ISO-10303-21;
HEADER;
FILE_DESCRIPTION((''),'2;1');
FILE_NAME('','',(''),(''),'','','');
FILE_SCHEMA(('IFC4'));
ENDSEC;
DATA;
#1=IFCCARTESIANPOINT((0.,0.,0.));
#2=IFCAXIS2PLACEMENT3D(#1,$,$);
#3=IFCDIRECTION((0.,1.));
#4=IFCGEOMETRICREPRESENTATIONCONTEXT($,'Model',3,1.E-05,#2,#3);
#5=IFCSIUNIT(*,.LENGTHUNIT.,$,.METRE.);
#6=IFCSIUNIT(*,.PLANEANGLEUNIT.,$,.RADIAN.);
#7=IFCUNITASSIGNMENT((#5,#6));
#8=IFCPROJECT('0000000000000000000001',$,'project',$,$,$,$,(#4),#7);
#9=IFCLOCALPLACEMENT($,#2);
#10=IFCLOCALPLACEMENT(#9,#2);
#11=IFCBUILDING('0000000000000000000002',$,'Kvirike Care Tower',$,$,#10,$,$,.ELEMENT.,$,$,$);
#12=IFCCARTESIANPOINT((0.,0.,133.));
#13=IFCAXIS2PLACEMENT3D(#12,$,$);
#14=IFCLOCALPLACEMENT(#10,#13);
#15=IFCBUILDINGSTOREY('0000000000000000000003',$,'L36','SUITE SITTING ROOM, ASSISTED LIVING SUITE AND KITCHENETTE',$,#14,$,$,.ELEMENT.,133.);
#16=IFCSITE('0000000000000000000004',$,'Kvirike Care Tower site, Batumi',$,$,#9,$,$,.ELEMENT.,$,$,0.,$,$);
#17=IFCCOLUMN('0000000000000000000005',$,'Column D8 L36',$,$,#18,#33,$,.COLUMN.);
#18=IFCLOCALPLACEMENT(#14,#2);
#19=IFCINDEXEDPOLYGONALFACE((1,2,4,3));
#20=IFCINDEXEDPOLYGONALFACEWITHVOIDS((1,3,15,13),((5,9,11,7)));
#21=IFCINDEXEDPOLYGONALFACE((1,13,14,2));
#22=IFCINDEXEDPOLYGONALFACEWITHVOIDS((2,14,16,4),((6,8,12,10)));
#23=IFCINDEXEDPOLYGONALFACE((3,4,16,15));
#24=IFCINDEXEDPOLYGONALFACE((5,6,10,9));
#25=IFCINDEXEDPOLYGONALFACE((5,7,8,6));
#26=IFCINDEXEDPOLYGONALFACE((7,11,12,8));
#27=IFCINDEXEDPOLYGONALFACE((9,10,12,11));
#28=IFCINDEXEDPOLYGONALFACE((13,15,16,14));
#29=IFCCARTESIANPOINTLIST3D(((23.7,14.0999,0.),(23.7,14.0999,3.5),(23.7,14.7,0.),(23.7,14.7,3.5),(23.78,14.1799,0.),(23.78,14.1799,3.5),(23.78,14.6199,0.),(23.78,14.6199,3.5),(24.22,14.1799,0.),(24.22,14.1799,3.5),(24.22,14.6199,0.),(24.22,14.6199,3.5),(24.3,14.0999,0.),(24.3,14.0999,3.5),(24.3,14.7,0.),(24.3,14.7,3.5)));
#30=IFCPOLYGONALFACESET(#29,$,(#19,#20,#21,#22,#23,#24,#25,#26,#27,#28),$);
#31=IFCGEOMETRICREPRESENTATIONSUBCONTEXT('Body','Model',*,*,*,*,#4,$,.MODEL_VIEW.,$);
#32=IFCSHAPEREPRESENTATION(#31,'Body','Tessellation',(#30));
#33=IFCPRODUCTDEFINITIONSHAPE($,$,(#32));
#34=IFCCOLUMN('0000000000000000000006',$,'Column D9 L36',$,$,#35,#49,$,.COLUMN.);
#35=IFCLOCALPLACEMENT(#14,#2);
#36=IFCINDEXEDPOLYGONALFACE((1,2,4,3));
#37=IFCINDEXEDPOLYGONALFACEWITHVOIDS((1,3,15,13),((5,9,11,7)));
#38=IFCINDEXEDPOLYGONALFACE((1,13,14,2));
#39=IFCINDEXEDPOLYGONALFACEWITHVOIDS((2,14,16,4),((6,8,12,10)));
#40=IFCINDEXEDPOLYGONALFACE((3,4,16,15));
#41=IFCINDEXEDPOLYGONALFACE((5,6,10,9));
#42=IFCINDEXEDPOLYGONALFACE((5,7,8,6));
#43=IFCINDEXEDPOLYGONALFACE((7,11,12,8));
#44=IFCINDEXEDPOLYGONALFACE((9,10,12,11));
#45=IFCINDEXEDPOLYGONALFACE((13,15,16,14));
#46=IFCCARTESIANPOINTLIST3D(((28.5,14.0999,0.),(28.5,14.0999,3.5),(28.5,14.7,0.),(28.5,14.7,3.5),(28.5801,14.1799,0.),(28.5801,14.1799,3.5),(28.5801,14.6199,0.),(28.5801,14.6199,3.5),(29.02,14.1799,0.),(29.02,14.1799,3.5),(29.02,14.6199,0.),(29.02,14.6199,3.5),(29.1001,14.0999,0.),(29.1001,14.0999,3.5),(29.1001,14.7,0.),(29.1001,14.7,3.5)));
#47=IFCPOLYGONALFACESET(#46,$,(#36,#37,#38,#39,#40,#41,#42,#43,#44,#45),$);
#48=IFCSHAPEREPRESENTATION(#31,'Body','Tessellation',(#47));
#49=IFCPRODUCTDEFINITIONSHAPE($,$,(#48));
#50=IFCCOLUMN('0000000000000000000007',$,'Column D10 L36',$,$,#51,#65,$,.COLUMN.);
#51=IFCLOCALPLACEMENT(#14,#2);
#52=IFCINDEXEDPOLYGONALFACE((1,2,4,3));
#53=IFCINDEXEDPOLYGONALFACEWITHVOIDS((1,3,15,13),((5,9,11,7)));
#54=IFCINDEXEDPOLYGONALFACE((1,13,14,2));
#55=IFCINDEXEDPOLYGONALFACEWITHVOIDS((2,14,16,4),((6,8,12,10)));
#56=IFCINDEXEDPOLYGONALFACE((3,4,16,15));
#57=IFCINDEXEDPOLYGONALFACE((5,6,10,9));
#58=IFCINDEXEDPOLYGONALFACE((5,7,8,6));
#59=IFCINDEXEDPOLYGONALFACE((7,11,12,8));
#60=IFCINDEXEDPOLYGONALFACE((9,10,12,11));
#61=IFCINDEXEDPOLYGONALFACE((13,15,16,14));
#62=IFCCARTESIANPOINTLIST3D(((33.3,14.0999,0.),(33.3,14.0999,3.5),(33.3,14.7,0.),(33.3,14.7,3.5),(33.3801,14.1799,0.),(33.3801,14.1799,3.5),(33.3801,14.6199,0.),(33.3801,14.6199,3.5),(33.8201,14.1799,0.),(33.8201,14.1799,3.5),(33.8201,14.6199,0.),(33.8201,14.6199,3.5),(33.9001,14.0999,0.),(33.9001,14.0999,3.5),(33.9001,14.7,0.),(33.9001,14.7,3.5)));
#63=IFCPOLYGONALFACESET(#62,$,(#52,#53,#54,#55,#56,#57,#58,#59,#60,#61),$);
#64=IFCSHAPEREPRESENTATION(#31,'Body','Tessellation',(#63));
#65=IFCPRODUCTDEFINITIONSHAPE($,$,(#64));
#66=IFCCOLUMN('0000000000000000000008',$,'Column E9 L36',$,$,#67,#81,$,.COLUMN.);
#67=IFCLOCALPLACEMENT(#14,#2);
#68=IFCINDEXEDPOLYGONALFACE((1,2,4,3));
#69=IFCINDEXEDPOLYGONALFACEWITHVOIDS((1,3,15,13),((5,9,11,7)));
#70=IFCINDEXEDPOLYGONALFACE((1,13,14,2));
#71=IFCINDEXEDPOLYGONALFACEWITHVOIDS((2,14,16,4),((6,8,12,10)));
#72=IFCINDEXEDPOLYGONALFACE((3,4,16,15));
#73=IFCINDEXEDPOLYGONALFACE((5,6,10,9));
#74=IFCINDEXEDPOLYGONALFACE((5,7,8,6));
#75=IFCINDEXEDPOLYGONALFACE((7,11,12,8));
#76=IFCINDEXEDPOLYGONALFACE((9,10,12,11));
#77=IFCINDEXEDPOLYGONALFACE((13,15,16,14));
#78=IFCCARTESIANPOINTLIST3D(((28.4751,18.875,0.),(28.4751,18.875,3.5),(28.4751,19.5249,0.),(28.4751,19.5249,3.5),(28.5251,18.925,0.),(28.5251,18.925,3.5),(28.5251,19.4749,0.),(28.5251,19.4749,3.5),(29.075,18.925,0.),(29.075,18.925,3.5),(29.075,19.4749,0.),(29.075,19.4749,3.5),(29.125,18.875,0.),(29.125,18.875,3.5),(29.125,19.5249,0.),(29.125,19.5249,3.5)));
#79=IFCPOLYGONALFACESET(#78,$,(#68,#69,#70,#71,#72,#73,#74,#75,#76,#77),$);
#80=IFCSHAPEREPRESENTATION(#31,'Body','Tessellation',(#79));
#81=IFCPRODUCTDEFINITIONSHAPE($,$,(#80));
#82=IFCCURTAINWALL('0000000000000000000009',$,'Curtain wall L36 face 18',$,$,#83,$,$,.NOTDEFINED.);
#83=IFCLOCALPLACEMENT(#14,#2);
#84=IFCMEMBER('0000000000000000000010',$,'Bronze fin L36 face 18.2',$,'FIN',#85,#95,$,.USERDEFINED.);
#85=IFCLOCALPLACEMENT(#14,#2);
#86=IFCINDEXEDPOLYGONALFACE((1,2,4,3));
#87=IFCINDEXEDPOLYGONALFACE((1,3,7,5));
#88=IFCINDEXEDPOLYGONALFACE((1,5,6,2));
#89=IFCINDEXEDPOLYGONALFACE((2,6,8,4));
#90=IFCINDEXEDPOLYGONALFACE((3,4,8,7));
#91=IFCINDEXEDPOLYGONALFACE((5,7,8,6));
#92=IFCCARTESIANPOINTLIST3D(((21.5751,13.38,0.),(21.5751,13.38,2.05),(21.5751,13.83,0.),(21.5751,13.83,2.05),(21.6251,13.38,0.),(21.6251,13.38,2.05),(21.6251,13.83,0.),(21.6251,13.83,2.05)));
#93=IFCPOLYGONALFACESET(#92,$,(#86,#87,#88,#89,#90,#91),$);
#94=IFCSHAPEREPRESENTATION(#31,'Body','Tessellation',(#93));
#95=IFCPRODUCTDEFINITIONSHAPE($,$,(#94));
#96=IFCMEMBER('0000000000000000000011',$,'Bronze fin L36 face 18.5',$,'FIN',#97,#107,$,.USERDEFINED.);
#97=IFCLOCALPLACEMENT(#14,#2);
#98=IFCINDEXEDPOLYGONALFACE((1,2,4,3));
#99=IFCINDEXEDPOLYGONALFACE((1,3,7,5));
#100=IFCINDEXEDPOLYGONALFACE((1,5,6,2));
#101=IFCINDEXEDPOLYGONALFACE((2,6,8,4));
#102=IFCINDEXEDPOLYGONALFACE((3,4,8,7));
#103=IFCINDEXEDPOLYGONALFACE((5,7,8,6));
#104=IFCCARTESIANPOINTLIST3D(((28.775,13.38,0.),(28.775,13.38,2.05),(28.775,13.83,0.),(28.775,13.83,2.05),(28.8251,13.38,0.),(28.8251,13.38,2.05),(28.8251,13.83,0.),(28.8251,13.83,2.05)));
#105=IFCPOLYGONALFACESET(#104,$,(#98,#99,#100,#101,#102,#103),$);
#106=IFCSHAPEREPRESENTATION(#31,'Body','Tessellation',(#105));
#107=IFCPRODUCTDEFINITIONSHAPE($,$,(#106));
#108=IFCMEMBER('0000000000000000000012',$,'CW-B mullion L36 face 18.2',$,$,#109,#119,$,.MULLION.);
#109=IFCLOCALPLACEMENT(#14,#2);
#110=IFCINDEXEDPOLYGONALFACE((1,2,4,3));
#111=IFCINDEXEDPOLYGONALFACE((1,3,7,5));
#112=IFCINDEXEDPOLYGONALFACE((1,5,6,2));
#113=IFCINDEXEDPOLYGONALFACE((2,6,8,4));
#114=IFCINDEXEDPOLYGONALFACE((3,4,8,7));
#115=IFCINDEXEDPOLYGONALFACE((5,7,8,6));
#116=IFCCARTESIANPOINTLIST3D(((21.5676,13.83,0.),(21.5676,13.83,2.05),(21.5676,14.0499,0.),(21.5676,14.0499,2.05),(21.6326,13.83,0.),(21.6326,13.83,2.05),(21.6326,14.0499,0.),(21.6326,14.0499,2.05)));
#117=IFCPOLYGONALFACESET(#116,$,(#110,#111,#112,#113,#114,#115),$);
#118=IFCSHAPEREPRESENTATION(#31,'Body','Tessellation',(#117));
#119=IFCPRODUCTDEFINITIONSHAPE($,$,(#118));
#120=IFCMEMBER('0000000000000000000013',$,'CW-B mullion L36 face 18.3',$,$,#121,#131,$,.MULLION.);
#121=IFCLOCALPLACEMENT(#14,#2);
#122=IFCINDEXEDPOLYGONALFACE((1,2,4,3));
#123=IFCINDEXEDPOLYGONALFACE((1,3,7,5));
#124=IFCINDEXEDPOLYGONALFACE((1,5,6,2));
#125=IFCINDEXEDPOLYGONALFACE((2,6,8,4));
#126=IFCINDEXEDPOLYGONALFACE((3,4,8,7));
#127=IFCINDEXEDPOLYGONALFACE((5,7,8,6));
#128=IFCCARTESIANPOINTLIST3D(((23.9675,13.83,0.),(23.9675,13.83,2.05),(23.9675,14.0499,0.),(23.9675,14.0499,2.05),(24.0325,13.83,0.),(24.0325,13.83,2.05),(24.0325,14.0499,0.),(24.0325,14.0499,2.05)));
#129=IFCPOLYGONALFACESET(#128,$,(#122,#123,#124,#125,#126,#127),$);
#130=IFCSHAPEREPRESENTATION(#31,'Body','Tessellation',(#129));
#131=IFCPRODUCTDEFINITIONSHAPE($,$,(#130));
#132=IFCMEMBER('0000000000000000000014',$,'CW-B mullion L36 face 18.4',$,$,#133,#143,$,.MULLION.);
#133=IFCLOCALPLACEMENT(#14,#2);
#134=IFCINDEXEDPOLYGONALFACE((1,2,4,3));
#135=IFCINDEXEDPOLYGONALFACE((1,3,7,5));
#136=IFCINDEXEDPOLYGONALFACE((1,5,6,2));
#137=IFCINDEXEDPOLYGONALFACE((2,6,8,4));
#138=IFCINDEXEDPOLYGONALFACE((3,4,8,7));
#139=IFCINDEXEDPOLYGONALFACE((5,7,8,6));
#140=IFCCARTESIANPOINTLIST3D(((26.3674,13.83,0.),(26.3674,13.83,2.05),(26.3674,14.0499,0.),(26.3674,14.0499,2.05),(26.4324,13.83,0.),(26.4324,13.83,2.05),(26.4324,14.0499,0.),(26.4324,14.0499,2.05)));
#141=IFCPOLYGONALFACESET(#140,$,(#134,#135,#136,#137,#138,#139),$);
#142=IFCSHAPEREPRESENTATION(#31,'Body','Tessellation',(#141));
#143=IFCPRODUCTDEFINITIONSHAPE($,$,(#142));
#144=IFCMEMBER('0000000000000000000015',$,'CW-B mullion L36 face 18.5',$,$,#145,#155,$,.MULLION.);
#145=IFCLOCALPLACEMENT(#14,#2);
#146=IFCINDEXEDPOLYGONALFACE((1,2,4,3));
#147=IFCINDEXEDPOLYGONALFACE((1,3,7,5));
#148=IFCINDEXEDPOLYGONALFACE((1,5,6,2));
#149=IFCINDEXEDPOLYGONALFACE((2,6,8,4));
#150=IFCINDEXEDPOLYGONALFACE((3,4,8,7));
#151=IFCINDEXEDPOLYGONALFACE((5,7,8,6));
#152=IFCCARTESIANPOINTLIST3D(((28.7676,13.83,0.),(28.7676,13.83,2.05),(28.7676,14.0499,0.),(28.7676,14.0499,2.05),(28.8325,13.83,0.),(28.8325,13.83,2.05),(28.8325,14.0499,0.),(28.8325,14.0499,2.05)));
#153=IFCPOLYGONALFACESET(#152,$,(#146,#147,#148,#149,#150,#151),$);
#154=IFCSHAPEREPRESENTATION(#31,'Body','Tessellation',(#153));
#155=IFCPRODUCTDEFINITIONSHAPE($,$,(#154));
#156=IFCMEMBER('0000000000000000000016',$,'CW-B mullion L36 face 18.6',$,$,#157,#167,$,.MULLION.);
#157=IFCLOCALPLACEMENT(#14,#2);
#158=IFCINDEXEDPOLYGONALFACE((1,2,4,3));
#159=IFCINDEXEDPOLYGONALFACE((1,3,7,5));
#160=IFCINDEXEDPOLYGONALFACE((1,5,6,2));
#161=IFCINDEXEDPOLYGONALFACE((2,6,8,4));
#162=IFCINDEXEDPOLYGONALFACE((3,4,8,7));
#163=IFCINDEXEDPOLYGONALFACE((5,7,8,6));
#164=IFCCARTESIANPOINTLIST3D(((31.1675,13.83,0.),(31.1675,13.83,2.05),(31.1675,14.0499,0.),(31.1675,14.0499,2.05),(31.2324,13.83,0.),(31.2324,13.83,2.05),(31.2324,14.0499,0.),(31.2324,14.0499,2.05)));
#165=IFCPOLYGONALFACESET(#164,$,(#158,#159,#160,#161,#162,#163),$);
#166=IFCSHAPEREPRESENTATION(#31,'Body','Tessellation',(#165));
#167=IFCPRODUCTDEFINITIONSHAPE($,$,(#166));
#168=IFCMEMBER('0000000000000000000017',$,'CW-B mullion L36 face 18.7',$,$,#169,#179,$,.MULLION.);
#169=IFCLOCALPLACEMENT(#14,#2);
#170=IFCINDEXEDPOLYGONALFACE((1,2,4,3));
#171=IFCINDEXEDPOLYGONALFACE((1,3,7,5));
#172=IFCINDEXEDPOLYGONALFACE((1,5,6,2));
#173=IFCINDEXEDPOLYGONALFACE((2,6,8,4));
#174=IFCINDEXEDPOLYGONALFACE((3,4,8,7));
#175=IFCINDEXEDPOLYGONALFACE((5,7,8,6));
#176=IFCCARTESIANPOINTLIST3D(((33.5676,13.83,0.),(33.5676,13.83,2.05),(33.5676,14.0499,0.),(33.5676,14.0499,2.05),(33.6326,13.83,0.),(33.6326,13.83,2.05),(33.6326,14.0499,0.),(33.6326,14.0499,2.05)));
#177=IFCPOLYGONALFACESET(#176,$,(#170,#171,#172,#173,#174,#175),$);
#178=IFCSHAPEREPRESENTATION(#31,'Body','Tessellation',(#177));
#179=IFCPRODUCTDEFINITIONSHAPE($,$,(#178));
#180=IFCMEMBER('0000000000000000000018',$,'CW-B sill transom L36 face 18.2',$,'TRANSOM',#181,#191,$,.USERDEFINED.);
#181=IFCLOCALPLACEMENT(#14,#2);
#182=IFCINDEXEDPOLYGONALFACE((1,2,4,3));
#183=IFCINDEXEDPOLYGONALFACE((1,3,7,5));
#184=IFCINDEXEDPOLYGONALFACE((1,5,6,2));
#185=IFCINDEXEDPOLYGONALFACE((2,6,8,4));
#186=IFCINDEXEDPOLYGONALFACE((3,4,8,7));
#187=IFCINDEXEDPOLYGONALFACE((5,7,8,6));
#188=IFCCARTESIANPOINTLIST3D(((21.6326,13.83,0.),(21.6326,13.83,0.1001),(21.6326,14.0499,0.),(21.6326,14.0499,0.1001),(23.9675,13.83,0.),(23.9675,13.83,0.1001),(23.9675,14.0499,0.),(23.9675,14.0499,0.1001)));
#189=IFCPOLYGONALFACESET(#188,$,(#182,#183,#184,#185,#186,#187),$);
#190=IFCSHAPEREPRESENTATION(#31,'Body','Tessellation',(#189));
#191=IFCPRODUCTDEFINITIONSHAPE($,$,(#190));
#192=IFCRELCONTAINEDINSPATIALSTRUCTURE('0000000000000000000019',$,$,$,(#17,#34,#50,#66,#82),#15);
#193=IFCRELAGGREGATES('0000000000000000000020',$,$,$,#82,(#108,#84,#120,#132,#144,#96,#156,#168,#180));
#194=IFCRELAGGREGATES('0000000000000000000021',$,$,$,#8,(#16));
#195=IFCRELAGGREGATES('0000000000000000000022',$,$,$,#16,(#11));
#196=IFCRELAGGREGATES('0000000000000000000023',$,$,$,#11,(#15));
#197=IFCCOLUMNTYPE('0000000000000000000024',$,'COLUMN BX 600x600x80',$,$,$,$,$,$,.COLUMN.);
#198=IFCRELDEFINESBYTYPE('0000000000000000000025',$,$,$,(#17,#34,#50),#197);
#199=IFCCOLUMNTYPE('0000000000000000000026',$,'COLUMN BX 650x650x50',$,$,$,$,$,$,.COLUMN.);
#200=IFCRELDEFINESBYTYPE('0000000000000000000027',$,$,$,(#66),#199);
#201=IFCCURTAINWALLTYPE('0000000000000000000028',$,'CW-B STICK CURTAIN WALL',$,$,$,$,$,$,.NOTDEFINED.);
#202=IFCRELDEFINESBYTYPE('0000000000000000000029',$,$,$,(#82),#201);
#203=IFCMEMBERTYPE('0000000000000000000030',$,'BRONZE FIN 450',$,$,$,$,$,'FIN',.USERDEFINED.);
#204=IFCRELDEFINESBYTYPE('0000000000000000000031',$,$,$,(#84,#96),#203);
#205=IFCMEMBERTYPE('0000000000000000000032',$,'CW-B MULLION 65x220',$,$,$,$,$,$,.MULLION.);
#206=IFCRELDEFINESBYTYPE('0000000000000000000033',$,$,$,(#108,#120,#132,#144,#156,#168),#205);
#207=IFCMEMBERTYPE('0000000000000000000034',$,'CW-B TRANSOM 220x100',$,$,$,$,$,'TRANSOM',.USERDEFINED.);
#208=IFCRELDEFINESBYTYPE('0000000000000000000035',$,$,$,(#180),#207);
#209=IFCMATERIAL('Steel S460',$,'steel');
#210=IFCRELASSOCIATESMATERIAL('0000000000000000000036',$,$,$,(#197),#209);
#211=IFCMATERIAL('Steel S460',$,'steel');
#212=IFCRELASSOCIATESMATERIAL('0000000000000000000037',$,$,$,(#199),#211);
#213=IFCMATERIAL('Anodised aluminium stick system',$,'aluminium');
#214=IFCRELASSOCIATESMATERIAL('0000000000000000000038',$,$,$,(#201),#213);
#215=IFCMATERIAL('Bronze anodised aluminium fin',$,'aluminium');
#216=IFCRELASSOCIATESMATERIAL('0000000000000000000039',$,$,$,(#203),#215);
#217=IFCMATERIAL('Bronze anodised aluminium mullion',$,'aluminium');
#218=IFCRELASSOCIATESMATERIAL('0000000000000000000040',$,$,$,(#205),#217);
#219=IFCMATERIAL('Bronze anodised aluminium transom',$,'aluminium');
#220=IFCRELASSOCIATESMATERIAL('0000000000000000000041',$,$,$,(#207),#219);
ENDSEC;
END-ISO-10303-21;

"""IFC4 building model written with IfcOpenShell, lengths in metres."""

from ifc_helpers import new_model, si_unit, direction, frame, origin, origin_2d, place, context, subcontext, project, spatial, rectangle, hollow_rectangle, extrude, material, material_profile, profile_set, type_object, element, aggregate, save


model = new_model("IFC4")

# Units and contexts
model_context = context("Model", 3, precision=1e-05, world=origin(), true_north=direction((0.0, 1.0)))
body_context = subcontext(model_context, "Body", "Model", "MODEL_VIEW")
ifc_project = project(units=[si_unit("LENGTHUNIT", "METRE"), si_unit("PLANEANGLEUNIT", "RADIAN")], contexts=[model_context])

# Site, building, storey
site_placement = place(None, origin())
site = spatial("IfcSite", under=ifc_project, at=site_placement, Name="Kvirike Care Tower site, Batumi", CompositionType="ELEMENT", RefElevation=0.0)
building_placement = place(site_placement, origin())
building = spatial("IfcBuilding", under=site, at=building_placement, Name="Kvirike Care Tower", CompositionType="ELEMENT")
storey_placement = place(building_placement, frame((0.0, 0.0, 133.0)))
storey = spatial("IfcBuildingStorey", under=building, at=storey_placement, Name="L36", Description="SUITE SITTING ROOM, ASSISTED LIVING SUITE AND KITCHENETTE", CompositionType="ELEMENT", Elevation=133.0)

# Columns
ifc_material_1 = material(Name="Steel S460", Category="steel")
ifc_material_profile_1 = material_profile(ifc_material_1, hollow_rectangle(XDim=0.6001, YDim=0.6001, WallThickness=0.0801, at=origin_2d()), Name="BX 600x600x80")
ifc_profile_set_1 = profile_set([ifc_material_profile_1], Name="Steel S460")
column_type_1 = type_object("IfcColumnType", Name="COLUMN BX 600x600x80", PredefinedType="COLUMN", material=ifc_profile_set_1)
for number, where, z_axis, x_axis, name in (
    (1, (24.0, 14.3999, 0.0), (0.0, 0.0, 1.0), (0.0, 1.0, 0.0), "Column D8 L36"),
    (2, (28.8, 14.3999, 0.0), (0.0, 0.0, 1.0), (0.0, 1.0, 0.0), "Column D9 L36"),
    (3, (33.6001, 14.3999, 0.0), (0.0, 0.0, 1.0), (0.0, 1.0, 0.0), "Column D10 L36"),
):
    element("IfcColumn", number, at=place(storey_placement, frame(where, z_axis=z_axis, x_axis=x_axis)), inside=storey, type_object=column_type_1, Name=name, PredefinedType="COLUMN", context=body_context, shape_type="SweptSolid", body=[
        extrude(hollow_rectangle(XDim=0.6001, YDim=0.6001, WallThickness=0.0801, at=origin_2d()), origin(), (0.0, 0.0, 1.0), 3.5),
    ])
ifc_material_2 = material(Name="Steel S460", Category="steel")
ifc_material_profile_2 = material_profile(ifc_material_2, hollow_rectangle(XDim=0.6499, YDim=0.6499, WallThickness=0.05, at=origin_2d()), Name="BX 650x650x50")
ifc_profile_set_2 = profile_set([ifc_material_profile_2], Name="Steel S460")
column_type_2 = type_object("IfcColumnType", Name="COLUMN BX 650x650x50", PredefinedType="COLUMN", material=ifc_profile_set_2)
column_placement = place(storey_placement, frame((28.8, 19.2, 0.0), z_axis=(0.0, 0.0, 1.0), x_axis=(1.0, 0.0, 0.0)))
element("IfcColumn", 4, at=column_placement, inside=storey, type_object=column_type_2, Name="Column E9 L36", PredefinedType="COLUMN", context=body_context, shape_type="SweptSolid", body=[
    extrude(hollow_rectangle(XDim=0.6499, YDim=0.6499, WallThickness=0.05, at=origin_2d()), origin(), (0.0, 0.0, 1.0), 3.5),
])

# Curtain wall, members
ifc_material_3 = material(Name="Anodised aluminium stick system", Category="aluminium")
curtain_wall_type = type_object("IfcCurtainWallType", Name="CW-B STICK CURTAIN WALL", PredefinedType="NOTDEFINED", material=ifc_material_3)
curtain_wall_placement = place(storey_placement, origin())
curtain_wall = element("IfcCurtainWall", 5, at=curtain_wall_placement, inside=storey, type_object=curtain_wall_type, Name="Curtain wall L36 face 18", PredefinedType="NOTDEFINED")
ifc_material_4 = material(Name="Bronze anodised aluminium fin", Category="aluminium")
ifc_material_profile_3 = material_profile(ifc_material_4, rectangle(XDim=0.05, YDim=0.45, at=origin_2d()), Name="BRONZE FIN 450")
ifc_profile_set_3 = profile_set([ifc_material_profile_3], Name="Bronze anodised aluminium fin")
member_type_1 = type_object("IfcMemberType", Name="BRONZE FIN 450", ElementType="FIN", PredefinedType="USERDEFINED", material=ifc_profile_set_3)
member_1_placement = place(storey_placement, frame((21.6001, 13.605, 0.0), z_axis=(0.0, 0.0, 1.0), x_axis=(1.0, 0.0, 0.0)))
member_1 = element("IfcMember", 6, at=member_1_placement, type_object=member_type_1, Name="Bronze fin L36 face 18.2", ObjectType="FIN", PredefinedType="USERDEFINED", context=body_context, shape_type="SweptSolid", body=[
    extrude(rectangle(XDim=0.05, YDim=0.45, at=origin_2d()), origin(), (0.0, 0.0, 1.0), 2.05),
])
member_2_placement = place(storey_placement, frame((28.8, 13.605, 0.0), z_axis=(0.0, 0.0, 1.0), x_axis=(1.0, 0.0, 0.0)))
member_2 = element("IfcMember", 7, at=member_2_placement, type_object=member_type_1, Name="Bronze fin L36 face 18.5", ObjectType="FIN", PredefinedType="USERDEFINED", context=body_context, shape_type="SweptSolid", body=[
    extrude(rectangle(XDim=0.05, YDim=0.45, at=origin_2d()), origin(), (0.0, 0.0, 1.0), 2.05),
])
ifc_material_5 = material(Name="Bronze anodised aluminium mullion", Category="aluminium")
ifc_material_profile_4 = material_profile(ifc_material_5, rectangle(XDim=0.0649, YDim=0.22, at=origin_2d()), Name="CW-B MULLION 65x220")
ifc_profile_set_4 = profile_set([ifc_material_profile_4], Name="Bronze anodised aluminium mullion")
member_type_2 = type_object("IfcMemberType", Name="CW-B MULLION 65x220", PredefinedType="MULLION", material=ifc_profile_set_4)
member_3_placement = place(storey_placement, frame((21.6001, 13.9399, 0.0), z_axis=(0.0, 0.0, 1.0), x_axis=(1.0, 0.0, 0.0)))
member_3 = element("IfcMember", 8, at=member_3_placement, type_object=member_type_2, Name="CW-B mullion L36 face 18.2", PredefinedType="MULLION", context=body_context, shape_type="SweptSolid", body=[
    extrude(rectangle(XDim=0.0649, YDim=0.22, at=origin_2d()), origin(), (0.0, 0.0, 1.0), 2.05),
])
member_4_placement = place(storey_placement, frame((24.0, 13.9399, 0.0), z_axis=(0.0, 0.0, 1.0), x_axis=(1.0, 0.0, 0.0)))
member_4 = element("IfcMember", 9, at=member_4_placement, type_object=member_type_2, Name="CW-B mullion L36 face 18.3", PredefinedType="MULLION", context=body_context, shape_type="SweptSolid", body=[
    extrude(rectangle(XDim=0.0649, YDim=0.22, at=origin_2d()), origin(), (0.0, 0.0, 1.0), 2.05),
])
member_5_placement = place(storey_placement, frame((26.3999, 13.9399, 0.0), z_axis=(0.0, 0.0, 1.0), x_axis=(1.0, 0.0, 0.0)))
member_5 = element("IfcMember", 10, at=member_5_placement, type_object=member_type_2, Name="CW-B mullion L36 face 18.4", PredefinedType="MULLION", context=body_context, shape_type="SweptSolid", body=[
    extrude(rectangle(XDim=0.0649, YDim=0.22, at=origin_2d()), origin(), (0.0, 0.0, 1.0), 2.05),
])
member_6_placement = place(storey_placement, frame((28.8, 13.9399, 0.0), z_axis=(0.0, 0.0, 1.0), x_axis=(1.0, 0.0, 0.0)))
member_6 = element("IfcMember", 11, at=member_6_placement, type_object=member_type_2, Name="CW-B mullion L36 face 18.5", PredefinedType="MULLION", context=body_context, shape_type="SweptSolid", body=[
    extrude(rectangle(XDim=0.0649, YDim=0.22, at=origin_2d()), origin(), (0.0, 0.0, 1.0), 2.05),
])
member_7_placement = place(storey_placement, frame((31.2, 13.9399, 0.0), z_axis=(0.0, 0.0, 1.0), x_axis=(1.0, 0.0, 0.0)))
member_7 = element("IfcMember", 12, at=member_7_placement, type_object=member_type_2, Name="CW-B mullion L36 face 18.6", PredefinedType="MULLION", context=body_context, shape_type="SweptSolid", body=[
    extrude(rectangle(XDim=0.0649, YDim=0.22, at=origin_2d()), origin(), (0.0, 0.0, 1.0), 2.05),
])
member_8_placement = place(storey_placement, frame((33.6001, 13.9399, 0.0), z_axis=(0.0, 0.0, 1.0), x_axis=(1.0, 0.0, 0.0)))
member_8 = element("IfcMember", 13, at=member_8_placement, type_object=member_type_2, Name="CW-B mullion L36 face 18.7", PredefinedType="MULLION", context=body_context, shape_type="SweptSolid", body=[
    extrude(rectangle(XDim=0.0649, YDim=0.22, at=origin_2d()), origin(), (0.0, 0.0, 1.0), 2.05),
])
ifc_material_6 = material(Name="Bronze anodised aluminium transom", Category="aluminium")
ifc_material_profile_5 = material_profile(ifc_material_6, rectangle(XDim=0.22, YDim=0.1001, at=origin_2d()), Name="CW-B TRANSOM 220x100")
ifc_profile_set_5 = profile_set([ifc_material_profile_5], Name="Bronze anodised aluminium transom")
member_type_3 = type_object("IfcMemberType", Name="CW-B TRANSOM 220x100", ElementType="TRANSOM", PredefinedType="USERDEFINED", material=ifc_profile_set_5)
member_9_placement = place(storey_placement, frame((21.6326, 13.9399, 0.05), z_axis=(1.0, 0.0, 0.0), x_axis=(0.0, 1.0, 0.0)))
member_9 = element("IfcMember", 14, at=member_9_placement, type_object=member_type_3, Name="CW-B sill transom L36 face 18.2", ObjectType="TRANSOM", PredefinedType="USERDEFINED", context=body_context, shape_type="SweptSolid", body=[
    extrude(rectangle(XDim=0.22, YDim=0.1001, at=origin_2d()), origin(), (0.0, 0.0, 1.0), 2.335),
])

aggregate(curtain_wall, [member_3, member_1, member_4, member_5, member_6, member_2, member_7, member_8, member_9])

save(model, "model.ifc")
